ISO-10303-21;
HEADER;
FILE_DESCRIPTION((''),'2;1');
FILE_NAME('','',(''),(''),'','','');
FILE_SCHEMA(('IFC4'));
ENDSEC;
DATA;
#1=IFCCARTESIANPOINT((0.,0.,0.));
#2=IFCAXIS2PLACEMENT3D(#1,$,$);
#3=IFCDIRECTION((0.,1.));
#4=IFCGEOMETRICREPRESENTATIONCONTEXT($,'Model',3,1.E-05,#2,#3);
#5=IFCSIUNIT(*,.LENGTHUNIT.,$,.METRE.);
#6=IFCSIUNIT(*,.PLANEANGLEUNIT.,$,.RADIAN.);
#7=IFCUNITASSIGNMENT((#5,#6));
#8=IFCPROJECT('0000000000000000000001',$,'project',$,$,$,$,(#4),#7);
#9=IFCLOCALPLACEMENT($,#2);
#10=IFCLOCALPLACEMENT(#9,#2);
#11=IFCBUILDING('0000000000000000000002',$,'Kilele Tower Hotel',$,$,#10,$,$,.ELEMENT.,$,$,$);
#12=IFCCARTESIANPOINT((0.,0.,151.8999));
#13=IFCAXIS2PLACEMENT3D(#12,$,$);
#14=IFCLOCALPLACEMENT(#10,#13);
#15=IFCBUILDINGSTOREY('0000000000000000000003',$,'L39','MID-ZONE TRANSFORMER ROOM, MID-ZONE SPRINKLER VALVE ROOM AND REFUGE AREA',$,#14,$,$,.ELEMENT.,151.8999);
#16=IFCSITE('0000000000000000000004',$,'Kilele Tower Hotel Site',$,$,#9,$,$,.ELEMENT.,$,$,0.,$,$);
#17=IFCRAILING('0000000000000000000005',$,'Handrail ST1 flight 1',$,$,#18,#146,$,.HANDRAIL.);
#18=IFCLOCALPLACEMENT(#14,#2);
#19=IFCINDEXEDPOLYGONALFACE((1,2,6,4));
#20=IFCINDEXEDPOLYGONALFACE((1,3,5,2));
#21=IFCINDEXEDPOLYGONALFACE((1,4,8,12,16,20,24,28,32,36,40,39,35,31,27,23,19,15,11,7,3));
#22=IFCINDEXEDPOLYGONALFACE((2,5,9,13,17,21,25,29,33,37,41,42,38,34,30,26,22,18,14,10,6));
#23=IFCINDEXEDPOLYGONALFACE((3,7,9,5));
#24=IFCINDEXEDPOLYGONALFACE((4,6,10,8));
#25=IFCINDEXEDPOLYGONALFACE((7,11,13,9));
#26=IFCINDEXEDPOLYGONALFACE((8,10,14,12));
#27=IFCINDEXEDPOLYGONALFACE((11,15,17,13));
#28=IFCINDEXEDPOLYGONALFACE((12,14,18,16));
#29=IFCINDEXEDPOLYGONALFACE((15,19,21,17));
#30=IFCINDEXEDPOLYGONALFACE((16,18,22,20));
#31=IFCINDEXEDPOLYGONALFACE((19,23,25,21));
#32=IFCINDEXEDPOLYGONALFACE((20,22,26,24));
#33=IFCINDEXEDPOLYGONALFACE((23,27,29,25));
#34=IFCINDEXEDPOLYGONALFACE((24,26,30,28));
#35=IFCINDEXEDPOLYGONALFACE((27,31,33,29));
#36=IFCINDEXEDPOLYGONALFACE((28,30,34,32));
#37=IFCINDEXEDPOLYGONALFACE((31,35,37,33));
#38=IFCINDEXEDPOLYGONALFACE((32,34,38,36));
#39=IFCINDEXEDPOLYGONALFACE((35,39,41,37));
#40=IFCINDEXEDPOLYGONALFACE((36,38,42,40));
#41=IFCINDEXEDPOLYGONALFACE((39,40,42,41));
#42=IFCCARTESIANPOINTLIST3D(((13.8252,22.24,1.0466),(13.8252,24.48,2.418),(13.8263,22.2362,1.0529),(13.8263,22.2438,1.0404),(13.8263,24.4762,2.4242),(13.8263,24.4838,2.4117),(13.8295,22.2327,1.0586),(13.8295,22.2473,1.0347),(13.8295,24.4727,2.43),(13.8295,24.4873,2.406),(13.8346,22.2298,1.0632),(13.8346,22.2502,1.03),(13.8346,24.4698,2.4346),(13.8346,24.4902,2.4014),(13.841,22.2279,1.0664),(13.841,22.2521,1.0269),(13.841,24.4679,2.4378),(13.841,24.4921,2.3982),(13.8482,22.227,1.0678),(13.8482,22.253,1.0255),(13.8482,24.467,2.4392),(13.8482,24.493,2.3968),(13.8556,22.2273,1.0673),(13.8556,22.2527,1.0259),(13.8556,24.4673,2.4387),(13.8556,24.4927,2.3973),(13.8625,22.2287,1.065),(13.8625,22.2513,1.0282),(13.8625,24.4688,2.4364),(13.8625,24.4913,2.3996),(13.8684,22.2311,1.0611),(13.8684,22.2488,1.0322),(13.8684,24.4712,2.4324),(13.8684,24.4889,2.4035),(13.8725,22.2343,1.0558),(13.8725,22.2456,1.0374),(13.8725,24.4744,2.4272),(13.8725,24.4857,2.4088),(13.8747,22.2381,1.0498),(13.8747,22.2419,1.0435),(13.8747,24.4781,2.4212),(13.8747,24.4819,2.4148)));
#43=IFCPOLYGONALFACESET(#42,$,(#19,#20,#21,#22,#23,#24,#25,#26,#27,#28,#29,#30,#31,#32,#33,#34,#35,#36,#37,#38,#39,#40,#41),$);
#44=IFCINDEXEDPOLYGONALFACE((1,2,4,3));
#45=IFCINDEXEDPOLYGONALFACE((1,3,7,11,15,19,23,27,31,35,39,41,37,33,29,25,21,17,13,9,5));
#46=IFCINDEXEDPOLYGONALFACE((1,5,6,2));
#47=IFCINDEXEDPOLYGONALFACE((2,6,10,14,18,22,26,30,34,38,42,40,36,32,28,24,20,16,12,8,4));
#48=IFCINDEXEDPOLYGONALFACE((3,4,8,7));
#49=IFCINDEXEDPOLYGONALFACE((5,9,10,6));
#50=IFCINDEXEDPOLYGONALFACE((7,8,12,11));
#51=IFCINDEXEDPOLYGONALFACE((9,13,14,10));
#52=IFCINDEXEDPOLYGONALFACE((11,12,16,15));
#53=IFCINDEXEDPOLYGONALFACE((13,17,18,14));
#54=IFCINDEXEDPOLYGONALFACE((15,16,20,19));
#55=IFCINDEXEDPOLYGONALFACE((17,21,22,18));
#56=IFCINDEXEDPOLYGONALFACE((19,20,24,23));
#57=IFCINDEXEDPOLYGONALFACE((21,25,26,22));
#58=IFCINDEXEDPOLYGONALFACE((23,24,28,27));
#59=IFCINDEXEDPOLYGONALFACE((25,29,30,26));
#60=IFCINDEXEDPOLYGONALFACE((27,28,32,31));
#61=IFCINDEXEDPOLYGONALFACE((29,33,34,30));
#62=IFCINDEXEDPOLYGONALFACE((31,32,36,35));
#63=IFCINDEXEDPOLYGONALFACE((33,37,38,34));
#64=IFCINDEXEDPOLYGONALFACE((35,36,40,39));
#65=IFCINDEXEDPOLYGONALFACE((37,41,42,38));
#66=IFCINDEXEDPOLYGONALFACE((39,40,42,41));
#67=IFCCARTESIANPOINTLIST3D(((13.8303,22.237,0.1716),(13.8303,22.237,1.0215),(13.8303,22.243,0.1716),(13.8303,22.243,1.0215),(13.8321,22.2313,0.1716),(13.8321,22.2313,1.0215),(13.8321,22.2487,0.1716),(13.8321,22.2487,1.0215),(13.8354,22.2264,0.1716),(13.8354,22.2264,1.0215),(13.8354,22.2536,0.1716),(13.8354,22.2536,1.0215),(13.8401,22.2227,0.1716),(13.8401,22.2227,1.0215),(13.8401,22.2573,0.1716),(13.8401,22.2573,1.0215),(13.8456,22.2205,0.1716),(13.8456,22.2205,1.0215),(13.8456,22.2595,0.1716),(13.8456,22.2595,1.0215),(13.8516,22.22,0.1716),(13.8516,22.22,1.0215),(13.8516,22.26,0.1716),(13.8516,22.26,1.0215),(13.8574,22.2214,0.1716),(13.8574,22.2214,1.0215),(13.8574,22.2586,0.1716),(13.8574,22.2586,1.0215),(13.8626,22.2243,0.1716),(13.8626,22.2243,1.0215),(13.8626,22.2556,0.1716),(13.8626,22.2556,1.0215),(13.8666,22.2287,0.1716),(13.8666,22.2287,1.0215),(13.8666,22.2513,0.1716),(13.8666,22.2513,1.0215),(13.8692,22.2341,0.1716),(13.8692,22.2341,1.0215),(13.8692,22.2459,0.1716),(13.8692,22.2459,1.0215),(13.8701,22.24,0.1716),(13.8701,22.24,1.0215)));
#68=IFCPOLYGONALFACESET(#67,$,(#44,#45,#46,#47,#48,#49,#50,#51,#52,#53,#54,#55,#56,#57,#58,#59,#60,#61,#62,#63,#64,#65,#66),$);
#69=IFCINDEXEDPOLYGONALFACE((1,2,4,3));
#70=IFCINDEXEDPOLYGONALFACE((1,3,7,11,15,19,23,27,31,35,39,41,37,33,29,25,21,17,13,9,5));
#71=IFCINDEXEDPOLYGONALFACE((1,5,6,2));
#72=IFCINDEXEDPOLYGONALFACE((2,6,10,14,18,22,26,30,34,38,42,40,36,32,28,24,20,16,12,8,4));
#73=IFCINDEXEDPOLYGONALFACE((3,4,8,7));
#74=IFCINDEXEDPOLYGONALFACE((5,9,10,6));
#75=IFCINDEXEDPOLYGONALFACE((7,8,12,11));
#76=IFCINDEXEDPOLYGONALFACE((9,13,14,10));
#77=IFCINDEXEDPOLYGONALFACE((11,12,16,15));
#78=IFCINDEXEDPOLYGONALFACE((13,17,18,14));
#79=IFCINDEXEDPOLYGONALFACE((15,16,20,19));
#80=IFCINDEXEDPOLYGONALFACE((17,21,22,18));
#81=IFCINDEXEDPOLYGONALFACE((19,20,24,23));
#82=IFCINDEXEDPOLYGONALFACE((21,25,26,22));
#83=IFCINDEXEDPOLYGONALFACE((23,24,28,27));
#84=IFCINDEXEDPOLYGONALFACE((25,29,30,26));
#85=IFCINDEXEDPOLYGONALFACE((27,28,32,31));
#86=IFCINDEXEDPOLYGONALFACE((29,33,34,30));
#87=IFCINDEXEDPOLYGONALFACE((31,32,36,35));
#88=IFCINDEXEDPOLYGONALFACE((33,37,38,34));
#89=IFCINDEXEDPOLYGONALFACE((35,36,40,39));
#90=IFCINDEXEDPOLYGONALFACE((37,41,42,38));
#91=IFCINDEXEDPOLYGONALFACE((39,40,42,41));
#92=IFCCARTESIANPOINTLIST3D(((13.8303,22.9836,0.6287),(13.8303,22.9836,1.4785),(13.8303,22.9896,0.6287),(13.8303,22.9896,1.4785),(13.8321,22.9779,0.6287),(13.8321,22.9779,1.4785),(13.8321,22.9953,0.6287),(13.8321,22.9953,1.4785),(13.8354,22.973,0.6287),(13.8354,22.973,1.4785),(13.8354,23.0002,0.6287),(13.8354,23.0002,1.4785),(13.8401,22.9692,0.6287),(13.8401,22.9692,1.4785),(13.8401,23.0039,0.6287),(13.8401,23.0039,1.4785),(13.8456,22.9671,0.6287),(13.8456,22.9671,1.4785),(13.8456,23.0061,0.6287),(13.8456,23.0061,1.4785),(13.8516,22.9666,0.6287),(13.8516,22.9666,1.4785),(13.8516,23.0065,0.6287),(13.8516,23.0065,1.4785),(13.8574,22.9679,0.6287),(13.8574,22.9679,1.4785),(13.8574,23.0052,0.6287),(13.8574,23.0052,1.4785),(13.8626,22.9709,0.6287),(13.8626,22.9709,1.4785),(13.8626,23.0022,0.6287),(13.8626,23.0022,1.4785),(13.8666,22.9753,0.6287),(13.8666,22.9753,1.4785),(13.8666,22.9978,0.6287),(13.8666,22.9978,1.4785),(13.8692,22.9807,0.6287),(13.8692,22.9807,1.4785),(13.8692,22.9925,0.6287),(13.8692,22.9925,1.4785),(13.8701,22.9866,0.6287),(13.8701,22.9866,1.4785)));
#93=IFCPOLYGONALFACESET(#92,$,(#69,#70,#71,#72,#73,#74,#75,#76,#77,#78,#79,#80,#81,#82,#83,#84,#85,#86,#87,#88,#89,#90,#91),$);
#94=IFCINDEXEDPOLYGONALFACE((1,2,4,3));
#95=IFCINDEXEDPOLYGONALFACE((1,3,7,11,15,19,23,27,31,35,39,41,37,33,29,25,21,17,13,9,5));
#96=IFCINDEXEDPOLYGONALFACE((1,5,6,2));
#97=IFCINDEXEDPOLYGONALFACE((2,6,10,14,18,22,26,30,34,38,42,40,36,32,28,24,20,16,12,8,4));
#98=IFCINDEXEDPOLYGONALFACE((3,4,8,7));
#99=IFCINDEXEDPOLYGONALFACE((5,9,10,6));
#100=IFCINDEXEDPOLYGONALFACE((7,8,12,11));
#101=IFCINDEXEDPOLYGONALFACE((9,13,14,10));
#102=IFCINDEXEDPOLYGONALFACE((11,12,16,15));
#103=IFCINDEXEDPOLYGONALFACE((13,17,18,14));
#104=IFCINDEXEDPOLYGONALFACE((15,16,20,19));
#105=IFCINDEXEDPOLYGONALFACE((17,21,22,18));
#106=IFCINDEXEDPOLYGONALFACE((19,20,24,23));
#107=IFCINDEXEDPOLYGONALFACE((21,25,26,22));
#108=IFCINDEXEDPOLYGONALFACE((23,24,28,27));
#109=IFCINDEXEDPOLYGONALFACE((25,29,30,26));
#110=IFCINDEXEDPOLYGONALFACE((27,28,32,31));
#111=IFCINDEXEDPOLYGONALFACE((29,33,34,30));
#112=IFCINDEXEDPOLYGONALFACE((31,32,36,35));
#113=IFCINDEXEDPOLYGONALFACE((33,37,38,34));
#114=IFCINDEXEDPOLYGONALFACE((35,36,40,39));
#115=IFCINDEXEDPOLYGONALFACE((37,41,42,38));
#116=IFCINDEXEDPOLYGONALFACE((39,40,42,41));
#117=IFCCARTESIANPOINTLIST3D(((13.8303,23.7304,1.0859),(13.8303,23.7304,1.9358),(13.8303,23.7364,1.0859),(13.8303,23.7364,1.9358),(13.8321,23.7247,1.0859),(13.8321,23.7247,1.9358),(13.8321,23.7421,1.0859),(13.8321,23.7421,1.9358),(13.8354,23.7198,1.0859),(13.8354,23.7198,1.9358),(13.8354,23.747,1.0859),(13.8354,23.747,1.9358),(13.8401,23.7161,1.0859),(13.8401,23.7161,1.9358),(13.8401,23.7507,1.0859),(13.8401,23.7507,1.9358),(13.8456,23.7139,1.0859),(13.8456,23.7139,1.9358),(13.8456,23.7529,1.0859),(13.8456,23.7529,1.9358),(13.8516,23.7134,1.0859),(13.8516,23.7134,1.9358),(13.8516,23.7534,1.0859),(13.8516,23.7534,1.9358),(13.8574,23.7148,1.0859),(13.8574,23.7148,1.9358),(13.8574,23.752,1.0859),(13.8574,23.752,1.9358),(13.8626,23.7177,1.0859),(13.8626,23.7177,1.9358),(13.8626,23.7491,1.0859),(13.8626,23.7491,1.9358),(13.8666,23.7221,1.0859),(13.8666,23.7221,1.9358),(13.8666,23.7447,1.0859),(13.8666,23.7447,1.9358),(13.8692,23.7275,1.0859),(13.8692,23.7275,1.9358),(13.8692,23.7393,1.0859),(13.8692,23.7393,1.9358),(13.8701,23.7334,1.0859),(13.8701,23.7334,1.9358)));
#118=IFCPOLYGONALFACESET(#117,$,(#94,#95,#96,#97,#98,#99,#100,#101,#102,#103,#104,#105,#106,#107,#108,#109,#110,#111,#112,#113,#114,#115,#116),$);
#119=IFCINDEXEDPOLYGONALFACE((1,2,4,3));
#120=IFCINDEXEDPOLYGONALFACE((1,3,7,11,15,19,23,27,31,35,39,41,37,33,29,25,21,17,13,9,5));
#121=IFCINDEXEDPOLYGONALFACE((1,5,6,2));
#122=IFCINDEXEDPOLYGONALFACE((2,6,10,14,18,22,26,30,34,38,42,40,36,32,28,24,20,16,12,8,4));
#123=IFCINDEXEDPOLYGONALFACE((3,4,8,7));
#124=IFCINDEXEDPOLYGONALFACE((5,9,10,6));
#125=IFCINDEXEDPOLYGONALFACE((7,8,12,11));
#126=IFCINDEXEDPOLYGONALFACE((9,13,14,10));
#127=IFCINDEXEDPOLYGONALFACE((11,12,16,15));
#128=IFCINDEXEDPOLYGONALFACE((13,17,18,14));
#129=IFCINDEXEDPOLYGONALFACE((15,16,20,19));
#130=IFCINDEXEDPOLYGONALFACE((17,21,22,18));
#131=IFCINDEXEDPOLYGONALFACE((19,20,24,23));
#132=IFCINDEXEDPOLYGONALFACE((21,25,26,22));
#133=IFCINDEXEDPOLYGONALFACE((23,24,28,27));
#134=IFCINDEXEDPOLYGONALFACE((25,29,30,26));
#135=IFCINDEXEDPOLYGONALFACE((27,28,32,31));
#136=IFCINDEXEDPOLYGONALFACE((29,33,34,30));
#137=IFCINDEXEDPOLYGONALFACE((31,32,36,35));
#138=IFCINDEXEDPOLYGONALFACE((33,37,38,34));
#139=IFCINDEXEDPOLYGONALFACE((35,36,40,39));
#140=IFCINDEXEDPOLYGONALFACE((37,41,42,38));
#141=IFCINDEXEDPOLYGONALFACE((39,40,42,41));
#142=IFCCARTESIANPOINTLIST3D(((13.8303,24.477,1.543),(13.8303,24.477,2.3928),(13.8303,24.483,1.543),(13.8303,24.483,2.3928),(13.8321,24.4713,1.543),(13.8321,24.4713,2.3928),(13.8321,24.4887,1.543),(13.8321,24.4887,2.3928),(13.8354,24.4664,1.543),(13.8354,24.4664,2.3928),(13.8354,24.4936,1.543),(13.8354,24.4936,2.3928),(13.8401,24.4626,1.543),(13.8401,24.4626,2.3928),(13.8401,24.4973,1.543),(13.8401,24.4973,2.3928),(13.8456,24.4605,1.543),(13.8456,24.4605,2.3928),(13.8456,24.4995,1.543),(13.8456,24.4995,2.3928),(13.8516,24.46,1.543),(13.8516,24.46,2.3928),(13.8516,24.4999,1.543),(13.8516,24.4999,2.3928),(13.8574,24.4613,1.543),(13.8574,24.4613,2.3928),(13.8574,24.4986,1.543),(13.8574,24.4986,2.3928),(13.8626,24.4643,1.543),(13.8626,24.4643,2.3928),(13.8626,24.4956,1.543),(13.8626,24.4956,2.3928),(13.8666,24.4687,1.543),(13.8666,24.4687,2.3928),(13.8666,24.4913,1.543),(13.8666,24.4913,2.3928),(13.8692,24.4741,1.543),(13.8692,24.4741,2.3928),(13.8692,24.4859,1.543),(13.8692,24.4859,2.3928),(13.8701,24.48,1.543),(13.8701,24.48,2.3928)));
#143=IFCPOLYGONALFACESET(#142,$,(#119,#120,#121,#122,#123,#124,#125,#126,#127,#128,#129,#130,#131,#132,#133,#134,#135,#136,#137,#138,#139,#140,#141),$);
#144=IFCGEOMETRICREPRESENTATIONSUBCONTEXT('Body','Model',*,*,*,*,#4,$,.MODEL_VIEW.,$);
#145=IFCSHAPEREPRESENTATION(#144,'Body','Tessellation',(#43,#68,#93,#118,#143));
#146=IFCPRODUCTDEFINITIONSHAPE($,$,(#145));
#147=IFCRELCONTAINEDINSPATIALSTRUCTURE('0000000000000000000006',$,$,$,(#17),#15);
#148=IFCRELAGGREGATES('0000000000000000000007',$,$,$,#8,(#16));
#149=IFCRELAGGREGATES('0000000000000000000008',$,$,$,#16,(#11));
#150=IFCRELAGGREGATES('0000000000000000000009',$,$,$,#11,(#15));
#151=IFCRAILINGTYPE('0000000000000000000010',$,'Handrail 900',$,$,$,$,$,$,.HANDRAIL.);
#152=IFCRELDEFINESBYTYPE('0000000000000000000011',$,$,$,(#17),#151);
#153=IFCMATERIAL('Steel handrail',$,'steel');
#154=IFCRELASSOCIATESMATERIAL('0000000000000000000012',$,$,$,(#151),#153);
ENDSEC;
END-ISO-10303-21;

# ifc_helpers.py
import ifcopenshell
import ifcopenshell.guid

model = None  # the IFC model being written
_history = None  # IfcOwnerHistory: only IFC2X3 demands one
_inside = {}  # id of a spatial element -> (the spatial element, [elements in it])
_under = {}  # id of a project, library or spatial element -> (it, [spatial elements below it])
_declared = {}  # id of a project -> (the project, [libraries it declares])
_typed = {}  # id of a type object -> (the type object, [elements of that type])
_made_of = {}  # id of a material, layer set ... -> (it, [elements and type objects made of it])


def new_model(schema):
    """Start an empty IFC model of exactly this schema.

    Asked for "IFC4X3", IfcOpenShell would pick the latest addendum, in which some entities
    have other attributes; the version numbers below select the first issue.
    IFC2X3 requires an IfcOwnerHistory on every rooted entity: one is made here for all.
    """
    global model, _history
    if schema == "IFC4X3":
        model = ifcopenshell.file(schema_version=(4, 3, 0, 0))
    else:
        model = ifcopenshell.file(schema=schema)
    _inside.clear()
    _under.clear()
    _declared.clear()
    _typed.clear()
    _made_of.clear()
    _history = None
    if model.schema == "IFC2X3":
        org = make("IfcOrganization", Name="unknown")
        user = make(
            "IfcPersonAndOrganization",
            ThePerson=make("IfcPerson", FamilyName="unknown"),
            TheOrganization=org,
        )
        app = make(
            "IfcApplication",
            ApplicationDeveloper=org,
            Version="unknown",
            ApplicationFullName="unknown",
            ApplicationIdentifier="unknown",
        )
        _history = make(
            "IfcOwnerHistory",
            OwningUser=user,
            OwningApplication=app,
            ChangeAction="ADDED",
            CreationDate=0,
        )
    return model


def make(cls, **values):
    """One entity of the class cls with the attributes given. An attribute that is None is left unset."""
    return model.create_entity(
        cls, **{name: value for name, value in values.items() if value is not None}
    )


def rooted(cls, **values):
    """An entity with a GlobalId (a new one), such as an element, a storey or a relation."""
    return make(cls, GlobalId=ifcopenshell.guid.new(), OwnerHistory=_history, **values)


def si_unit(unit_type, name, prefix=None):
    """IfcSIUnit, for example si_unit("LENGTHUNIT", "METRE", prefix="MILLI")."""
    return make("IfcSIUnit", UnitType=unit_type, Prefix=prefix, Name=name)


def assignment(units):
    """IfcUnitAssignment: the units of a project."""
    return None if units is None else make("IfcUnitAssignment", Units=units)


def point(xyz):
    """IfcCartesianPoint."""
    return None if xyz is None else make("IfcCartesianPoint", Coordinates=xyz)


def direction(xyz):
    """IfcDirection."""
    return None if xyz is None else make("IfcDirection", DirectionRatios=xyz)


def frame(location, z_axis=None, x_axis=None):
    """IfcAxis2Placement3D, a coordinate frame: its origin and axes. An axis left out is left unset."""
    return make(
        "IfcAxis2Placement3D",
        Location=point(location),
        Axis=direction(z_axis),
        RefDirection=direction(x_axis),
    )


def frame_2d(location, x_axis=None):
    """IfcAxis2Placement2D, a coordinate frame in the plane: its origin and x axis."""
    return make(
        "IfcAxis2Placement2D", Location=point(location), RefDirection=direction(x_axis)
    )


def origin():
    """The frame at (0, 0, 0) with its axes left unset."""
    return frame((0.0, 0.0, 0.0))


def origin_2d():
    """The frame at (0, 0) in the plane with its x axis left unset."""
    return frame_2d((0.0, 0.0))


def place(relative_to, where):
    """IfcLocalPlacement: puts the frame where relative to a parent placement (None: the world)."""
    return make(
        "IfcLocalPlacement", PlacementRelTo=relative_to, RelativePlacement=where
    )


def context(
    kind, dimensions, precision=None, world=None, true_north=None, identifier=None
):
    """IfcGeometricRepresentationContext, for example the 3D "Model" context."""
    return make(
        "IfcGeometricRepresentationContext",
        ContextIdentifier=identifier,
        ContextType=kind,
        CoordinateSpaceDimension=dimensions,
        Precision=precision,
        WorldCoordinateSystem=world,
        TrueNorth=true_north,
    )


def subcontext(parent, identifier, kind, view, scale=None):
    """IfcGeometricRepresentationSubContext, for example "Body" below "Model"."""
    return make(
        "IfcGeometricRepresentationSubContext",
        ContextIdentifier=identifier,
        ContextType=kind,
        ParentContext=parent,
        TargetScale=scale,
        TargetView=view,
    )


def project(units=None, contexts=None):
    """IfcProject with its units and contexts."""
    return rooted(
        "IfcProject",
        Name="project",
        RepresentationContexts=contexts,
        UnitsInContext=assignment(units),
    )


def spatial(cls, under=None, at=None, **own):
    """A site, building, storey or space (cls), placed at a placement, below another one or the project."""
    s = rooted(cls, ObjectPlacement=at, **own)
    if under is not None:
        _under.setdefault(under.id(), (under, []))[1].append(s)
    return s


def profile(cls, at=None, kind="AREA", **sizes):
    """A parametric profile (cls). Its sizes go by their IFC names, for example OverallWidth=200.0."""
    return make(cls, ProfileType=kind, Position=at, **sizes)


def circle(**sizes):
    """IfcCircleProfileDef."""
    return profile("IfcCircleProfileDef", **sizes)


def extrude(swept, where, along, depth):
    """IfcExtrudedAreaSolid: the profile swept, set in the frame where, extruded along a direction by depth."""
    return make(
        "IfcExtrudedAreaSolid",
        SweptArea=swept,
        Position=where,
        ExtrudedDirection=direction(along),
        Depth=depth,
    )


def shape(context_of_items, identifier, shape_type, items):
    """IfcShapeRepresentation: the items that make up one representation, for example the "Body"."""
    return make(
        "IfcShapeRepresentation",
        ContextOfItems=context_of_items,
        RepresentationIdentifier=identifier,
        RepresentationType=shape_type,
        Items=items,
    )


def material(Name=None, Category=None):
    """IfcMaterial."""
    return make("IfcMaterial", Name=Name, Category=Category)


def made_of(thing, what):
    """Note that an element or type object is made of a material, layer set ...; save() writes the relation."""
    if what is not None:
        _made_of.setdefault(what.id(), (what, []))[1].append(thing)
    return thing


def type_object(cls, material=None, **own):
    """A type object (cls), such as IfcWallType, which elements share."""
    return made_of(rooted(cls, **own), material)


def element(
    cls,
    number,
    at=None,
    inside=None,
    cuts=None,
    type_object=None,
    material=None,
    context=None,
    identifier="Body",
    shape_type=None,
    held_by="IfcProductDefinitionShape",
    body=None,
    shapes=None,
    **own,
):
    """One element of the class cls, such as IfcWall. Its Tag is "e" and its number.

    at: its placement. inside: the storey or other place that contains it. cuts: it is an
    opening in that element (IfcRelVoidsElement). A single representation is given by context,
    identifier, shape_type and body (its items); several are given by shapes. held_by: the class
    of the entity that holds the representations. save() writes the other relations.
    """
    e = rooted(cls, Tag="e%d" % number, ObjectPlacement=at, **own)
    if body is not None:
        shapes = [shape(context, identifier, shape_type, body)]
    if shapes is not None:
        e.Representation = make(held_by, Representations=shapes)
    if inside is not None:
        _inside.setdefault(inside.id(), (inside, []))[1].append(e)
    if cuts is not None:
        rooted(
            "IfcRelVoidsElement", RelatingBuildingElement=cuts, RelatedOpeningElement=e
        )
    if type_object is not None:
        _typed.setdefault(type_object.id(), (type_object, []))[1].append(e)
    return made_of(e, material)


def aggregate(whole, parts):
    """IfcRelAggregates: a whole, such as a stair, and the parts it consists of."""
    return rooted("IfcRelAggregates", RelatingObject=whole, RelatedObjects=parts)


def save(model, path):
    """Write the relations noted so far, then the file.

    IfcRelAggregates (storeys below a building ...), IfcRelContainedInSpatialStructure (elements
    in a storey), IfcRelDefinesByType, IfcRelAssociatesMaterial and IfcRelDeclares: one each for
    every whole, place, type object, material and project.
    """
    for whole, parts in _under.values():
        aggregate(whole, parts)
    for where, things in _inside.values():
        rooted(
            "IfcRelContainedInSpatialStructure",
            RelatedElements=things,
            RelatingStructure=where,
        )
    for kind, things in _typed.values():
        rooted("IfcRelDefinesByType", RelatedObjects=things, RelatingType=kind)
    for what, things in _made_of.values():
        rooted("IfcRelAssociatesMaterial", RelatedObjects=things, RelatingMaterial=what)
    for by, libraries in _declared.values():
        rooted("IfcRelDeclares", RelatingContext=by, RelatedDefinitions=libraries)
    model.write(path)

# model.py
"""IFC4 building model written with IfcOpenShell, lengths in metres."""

from ifc_helpers import new_model, si_unit, direction, frame, origin, origin_2d, place, context, subcontext, project, spatial, circle, extrude, material, type_object, element, save


model = new_model("IFC4")

# Units and contexts
model_context = context("Model", 3, precision=1e-05, world=origin(), true_north=direction((0.0, 1.0)))
body_context = subcontext(model_context, "Body", "Model", "MODEL_VIEW")
ifc_project = project(units=[si_unit("LENGTHUNIT", "METRE"), si_unit("PLANEANGLEUNIT", "RADIAN")], contexts=[model_context])

# Site, building, storey
site_placement = place(None, origin())
site = spatial("IfcSite", under=ifc_project, at=site_placement, Name="Kilele Tower Hotel Site", CompositionType="ELEMENT", RefElevation=0.0)
building_placement = place(site_placement, origin())
building = spatial("IfcBuilding", under=site, at=building_placement, Name="Kilele Tower Hotel", CompositionType="ELEMENT")
storey_placement = place(building_placement, frame((0.0, 0.0, 151.8999)))
storey = spatial("IfcBuildingStorey", under=building, at=storey_placement, Name="L39", Description="MID-ZONE TRANSFORMER ROOM, MID-ZONE SPRINKLER VALVE ROOM AND REFUGE AREA", CompositionType="ELEMENT", Elevation=151.8999)

# Railing
ifc_material_1 = material(Name="Steel handrail", Category="steel")
railing_type = type_object("IfcRailingType", Name="Handrail 900", PredefinedType="HANDRAIL", material=ifc_material_1)
for number, where, name in (
    (1, (13.8501, 22.24, 0.1716), "Handrail ST1 flight 1"),
):
    element("IfcRailing", number, at=place(storey_placement, frame(where)), inside=storey, type_object=railing_type, Name=name, PredefinedType="HANDRAIL", context=body_context, shape_type="SweptSolid", body=[
        extrude(circle(Radius=0.0249, at=origin_2d()), frame((0.0, 0.0, 0.875), z_axis=(0.0, 0.852866, 0.52213), x_axis=(-1.0, 0.0, 0.0)), (0.0, 0.0, 1.0), 2.6265),
        extrude(circle(Radius=0.02, at=origin_2d()), origin(), (0.0, 0.0, 1.0), 0.8499),
        extrude(circle(Radius=0.02, at=origin_2d()), frame((0.0, 0.7466, 0.457)), (0.0, 0.0, 1.0), 0.8499),
        extrude(circle(Radius=0.02, at=origin_2d()), frame((0.0, 1.4934, 0.9143)), (0.0, 0.0, 1.0), 0.8499),
        extrude(circle(Radius=0.02, at=origin_2d()), frame((0.0, 2.24, 1.3713)), (0.0, 0.0, 1.0), 0.8499),
    ])

save(model, "model.ifc")
